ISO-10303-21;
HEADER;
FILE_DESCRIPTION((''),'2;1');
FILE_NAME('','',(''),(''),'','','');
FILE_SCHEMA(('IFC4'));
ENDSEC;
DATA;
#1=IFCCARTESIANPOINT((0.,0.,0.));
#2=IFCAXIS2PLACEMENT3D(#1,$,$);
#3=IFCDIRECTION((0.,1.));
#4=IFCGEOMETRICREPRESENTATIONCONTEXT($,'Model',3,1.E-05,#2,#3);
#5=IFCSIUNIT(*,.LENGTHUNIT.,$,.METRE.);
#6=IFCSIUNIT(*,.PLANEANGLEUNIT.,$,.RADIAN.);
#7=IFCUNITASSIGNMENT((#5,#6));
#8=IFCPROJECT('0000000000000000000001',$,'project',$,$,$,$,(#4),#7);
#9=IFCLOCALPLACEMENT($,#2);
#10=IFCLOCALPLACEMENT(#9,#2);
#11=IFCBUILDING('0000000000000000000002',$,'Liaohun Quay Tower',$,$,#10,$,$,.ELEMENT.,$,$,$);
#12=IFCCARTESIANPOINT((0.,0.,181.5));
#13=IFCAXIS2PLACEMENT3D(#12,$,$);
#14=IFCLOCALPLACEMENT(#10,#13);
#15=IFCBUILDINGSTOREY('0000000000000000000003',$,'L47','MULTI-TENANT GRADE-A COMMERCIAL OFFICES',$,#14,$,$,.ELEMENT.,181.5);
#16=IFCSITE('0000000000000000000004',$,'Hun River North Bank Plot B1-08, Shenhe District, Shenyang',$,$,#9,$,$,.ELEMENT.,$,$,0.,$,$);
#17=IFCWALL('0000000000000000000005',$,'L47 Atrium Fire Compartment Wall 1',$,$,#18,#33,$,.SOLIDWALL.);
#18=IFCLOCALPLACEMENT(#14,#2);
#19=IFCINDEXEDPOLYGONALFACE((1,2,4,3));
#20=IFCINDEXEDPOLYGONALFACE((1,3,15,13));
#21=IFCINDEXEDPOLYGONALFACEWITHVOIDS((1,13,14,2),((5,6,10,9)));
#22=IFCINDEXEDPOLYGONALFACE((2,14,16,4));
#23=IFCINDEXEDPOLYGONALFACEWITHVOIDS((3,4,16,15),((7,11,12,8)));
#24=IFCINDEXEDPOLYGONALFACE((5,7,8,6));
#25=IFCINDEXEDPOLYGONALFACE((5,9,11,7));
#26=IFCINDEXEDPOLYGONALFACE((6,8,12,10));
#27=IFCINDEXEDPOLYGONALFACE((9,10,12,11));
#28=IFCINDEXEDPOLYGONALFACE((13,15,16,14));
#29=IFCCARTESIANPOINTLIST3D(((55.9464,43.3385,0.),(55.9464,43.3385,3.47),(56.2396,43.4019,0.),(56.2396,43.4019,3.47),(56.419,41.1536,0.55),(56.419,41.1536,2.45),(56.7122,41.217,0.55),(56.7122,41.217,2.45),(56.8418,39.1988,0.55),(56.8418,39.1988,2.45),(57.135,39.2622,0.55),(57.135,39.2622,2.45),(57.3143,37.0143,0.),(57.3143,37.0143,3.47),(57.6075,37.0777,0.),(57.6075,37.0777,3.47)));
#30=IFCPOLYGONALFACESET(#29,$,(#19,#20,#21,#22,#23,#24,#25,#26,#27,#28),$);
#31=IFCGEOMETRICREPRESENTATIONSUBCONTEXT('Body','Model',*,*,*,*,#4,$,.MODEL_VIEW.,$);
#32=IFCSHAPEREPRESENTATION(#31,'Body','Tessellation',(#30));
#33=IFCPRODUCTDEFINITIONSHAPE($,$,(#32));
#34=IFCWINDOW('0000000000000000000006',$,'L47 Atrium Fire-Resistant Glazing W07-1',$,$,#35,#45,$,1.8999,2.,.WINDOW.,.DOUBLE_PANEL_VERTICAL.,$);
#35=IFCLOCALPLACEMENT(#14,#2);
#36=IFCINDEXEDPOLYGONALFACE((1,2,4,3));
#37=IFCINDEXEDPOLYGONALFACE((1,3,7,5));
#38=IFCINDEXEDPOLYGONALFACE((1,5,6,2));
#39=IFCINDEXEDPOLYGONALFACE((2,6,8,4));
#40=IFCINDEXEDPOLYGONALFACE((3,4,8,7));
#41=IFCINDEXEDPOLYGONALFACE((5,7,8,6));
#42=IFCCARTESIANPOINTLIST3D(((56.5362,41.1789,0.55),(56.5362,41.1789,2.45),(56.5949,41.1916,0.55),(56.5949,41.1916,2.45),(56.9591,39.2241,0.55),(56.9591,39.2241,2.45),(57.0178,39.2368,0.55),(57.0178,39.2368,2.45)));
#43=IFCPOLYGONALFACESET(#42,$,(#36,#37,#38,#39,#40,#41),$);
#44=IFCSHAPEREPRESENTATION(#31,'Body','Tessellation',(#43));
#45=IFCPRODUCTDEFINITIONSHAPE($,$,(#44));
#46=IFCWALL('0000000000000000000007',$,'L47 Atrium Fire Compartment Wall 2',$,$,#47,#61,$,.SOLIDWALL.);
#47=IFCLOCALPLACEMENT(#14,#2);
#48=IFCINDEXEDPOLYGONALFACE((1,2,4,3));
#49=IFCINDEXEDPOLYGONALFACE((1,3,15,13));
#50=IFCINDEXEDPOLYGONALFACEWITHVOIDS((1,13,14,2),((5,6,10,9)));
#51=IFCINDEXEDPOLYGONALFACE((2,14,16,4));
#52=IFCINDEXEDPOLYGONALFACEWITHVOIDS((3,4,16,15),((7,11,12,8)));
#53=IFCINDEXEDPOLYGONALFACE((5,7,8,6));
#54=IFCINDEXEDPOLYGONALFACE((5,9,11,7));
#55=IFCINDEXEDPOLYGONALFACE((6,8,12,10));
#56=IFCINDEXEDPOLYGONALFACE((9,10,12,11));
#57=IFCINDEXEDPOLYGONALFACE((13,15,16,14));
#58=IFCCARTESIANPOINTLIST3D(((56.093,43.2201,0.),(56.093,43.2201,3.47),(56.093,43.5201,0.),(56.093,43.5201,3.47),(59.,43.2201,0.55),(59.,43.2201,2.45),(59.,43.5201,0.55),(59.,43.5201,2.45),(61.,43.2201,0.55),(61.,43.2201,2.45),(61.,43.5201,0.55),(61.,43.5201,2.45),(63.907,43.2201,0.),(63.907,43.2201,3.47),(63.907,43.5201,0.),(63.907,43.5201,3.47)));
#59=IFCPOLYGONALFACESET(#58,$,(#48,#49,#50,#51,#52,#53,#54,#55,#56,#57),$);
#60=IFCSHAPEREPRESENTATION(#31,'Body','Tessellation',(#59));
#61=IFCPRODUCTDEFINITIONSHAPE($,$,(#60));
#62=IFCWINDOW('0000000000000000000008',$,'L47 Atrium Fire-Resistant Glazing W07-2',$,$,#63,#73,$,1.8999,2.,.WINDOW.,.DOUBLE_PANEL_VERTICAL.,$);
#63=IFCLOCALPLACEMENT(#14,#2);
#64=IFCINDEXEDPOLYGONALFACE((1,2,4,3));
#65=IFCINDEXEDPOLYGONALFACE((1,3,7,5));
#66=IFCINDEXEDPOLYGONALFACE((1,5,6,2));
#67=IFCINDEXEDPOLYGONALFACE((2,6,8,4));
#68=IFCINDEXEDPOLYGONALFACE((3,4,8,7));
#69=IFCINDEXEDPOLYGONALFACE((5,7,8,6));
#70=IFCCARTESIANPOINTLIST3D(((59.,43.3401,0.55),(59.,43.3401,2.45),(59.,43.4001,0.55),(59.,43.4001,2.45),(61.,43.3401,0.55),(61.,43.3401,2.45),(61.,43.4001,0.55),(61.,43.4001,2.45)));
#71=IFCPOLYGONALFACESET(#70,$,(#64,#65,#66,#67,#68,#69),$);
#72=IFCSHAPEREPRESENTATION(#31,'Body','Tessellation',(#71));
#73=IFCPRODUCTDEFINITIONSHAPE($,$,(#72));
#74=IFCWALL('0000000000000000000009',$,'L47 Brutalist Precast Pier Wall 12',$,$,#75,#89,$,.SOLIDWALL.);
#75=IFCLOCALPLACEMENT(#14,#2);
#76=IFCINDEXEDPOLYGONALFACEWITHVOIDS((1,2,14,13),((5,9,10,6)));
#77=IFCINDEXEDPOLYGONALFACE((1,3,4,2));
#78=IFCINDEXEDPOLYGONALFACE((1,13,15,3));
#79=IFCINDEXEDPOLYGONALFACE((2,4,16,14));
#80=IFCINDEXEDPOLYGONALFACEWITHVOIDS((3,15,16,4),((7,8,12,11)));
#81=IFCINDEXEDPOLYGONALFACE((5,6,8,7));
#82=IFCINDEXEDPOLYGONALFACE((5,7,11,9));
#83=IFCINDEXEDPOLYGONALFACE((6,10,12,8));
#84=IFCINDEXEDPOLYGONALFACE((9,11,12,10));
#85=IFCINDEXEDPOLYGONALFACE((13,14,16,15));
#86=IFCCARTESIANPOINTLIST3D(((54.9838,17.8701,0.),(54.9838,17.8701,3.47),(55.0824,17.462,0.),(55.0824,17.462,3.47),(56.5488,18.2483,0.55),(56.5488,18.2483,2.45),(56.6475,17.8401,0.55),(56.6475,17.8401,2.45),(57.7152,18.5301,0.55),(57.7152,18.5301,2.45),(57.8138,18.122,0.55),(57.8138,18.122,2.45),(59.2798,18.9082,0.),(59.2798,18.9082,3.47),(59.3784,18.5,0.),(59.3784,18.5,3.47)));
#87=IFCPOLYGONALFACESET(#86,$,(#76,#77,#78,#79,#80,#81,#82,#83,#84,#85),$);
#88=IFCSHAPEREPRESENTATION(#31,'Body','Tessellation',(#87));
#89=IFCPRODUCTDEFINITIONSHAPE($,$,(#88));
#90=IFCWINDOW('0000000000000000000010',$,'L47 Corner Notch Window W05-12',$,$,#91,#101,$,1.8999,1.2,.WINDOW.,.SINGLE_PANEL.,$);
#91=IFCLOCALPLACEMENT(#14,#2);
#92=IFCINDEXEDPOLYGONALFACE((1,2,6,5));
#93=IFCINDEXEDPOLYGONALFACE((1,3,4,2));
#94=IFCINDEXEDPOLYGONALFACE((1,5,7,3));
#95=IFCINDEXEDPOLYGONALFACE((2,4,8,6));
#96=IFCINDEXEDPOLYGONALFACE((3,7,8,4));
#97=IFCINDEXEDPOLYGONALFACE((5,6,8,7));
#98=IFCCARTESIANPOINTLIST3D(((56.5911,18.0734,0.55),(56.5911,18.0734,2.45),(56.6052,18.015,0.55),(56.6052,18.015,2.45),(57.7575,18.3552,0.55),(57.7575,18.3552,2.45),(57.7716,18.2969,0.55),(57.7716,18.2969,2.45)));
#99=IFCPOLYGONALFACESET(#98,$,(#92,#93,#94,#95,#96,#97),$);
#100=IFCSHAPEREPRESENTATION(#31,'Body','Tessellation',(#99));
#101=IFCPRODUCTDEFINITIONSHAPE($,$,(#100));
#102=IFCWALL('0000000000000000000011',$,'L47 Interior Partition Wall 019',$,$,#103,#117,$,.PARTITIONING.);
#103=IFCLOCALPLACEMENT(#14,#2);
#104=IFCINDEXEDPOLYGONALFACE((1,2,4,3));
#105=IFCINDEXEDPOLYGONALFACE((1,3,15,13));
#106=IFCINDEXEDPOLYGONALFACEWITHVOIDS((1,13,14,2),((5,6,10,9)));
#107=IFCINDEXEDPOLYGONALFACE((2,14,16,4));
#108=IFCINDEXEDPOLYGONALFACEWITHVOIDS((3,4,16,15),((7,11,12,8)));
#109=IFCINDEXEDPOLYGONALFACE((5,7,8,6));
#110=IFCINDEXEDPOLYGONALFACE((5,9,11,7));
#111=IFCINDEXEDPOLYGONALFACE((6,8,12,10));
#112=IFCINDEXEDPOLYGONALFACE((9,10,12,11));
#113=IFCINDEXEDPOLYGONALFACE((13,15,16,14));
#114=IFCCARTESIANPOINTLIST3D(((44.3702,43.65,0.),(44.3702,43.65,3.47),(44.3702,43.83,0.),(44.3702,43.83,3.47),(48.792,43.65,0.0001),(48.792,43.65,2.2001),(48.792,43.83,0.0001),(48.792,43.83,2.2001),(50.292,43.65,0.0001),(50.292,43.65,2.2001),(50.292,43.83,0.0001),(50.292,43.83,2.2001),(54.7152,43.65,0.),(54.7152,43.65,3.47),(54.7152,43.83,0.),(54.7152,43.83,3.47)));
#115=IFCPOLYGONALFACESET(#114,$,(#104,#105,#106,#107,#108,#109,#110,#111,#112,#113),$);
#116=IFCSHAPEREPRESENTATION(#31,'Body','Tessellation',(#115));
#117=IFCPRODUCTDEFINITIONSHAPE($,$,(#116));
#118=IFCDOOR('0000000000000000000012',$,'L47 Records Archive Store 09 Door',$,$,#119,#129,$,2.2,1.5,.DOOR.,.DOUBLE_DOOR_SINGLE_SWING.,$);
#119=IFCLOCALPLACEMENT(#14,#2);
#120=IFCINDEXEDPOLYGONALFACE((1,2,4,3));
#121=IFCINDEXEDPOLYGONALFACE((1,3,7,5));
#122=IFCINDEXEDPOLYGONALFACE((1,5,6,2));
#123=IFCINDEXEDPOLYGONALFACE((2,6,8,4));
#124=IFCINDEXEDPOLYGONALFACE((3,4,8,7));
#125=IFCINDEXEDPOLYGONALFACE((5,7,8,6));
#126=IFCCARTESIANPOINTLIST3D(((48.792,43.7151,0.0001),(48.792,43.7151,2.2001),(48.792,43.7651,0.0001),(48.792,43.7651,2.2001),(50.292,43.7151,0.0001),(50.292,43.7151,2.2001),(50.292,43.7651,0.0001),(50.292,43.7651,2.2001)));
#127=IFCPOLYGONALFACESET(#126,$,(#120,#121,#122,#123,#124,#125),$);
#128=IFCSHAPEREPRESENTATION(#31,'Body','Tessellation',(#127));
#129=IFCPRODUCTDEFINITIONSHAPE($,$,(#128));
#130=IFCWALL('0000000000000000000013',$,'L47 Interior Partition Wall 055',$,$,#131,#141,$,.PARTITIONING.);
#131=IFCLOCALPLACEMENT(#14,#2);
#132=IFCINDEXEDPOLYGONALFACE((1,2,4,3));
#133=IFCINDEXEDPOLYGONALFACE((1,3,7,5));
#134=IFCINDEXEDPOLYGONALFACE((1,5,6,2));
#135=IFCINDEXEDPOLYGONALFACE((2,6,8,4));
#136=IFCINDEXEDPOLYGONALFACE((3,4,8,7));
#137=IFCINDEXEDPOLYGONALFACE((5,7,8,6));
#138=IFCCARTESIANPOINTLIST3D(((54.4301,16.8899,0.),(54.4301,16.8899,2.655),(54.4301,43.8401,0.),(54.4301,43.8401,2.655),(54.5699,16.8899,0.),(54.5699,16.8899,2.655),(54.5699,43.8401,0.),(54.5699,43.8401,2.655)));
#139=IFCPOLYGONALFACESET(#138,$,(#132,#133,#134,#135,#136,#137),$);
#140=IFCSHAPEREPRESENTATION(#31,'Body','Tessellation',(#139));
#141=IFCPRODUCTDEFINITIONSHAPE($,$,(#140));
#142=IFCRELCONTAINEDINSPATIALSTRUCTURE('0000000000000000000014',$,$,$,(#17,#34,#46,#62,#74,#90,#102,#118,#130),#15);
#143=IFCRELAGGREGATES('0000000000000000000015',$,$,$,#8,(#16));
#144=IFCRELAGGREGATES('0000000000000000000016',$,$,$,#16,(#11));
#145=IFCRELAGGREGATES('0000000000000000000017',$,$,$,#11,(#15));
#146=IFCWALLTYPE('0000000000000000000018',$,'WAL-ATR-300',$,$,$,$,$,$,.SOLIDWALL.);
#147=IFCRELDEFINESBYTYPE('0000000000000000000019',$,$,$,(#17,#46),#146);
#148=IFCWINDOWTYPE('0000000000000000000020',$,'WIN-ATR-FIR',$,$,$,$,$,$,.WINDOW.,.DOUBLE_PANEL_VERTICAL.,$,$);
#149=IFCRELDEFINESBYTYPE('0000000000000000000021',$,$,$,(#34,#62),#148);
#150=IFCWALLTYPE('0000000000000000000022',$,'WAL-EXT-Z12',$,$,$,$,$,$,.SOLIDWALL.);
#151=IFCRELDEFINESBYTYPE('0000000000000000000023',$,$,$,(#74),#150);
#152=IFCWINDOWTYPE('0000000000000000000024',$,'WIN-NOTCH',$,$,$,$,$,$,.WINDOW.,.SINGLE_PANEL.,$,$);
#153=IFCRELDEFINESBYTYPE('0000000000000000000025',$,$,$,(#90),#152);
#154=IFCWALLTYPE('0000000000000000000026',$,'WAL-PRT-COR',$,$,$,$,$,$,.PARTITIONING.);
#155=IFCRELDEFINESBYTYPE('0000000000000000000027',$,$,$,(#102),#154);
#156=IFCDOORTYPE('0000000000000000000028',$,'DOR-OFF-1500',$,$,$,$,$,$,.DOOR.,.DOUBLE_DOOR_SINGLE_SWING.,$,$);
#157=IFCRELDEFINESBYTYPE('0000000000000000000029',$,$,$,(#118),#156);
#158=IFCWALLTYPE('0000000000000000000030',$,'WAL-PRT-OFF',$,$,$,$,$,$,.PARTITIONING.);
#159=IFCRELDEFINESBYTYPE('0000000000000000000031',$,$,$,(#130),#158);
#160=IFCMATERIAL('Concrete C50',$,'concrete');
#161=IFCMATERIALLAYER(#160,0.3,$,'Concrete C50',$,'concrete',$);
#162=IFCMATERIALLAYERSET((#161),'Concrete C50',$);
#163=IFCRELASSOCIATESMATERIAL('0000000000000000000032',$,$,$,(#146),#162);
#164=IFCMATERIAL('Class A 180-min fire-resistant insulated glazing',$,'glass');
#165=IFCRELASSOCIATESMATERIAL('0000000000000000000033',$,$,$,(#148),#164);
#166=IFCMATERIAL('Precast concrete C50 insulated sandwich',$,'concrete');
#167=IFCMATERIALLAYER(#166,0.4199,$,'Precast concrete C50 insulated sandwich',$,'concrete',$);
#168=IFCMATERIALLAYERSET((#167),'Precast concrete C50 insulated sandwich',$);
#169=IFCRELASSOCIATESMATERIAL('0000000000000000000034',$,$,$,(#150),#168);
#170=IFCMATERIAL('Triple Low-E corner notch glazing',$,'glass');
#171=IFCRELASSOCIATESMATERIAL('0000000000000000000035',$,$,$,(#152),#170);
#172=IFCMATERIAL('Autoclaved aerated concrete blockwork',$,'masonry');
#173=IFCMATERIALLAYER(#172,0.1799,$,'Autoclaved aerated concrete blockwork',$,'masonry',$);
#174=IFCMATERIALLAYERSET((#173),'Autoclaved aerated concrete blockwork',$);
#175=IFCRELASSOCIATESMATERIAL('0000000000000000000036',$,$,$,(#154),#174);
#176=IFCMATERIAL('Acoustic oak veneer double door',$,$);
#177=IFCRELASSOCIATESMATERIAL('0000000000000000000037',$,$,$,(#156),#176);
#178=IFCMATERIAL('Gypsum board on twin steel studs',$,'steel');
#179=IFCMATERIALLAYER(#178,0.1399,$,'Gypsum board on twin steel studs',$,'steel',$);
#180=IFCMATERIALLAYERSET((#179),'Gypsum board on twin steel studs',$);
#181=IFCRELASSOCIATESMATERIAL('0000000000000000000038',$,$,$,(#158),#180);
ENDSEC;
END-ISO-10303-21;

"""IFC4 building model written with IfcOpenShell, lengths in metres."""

from ifc_helpers import new_model, si_unit, direction, frame, frame_2d, origin, place, context, subcontext, project, spatial, rectangle, extrude, source, transform, mapped, material, layer, layer_set, type_object, element, fill, save


model = new_model("IFC4")

# Units and contexts
model_context = context("Model", 3, precision=1e-05, world=origin(), true_north=direction((0.0, 1.0)))
body_context = subcontext(model_context, "Body", "Model", "MODEL_VIEW")
ifc_project = project(units=[si_unit("LENGTHUNIT", "METRE"), si_unit("PLANEANGLEUNIT", "RADIAN")], contexts=[model_context])

# Site, building, storey
site_placement = place(None, origin())
site = spatial("IfcSite", under=ifc_project, at=site_placement, Name="Hun River North Bank Plot B1-08, Shenhe District, Shenyang", CompositionType="ELEMENT", RefElevation=0.0)
building_placement = place(site_placement, origin())
building = spatial("IfcBuilding", under=site, at=building_placement, Name="Liaohun Quay Tower", CompositionType="ELEMENT")
storey_placement = place(building_placement, frame((0.0, 0.0, 181.5)))
storey = spatial("IfcBuildingStorey", under=building, at=storey_placement, Name="L47", Description="MULTI-TENANT GRADE-A COMMERCIAL OFFICES", CompositionType="ELEMENT", Elevation=181.5)

# Walls, openings, windows
ifc_material_1 = material(Name="Concrete C50", Category="concrete")
ifc_layer_1 = layer(ifc_material_1, 0.3, Name="Concrete C50", Category="concrete")
ifc_layer_set_1 = layer_set([ifc_layer_1], Name="Concrete C50")
wall_type_1 = type_object("IfcWallType", Name="WAL-ATR-300", PredefinedType="SOLIDWALL", material=ifc_layer_set_1)
wall_1_placement = place(storey_placement, frame((57.4609, 37.0459, 0.0), z_axis=(0.0, 0.0, 1.0), x_axis=(-0.21141, 0.977398, 0.0)))
wall_1 = element("IfcWall", 1, at=wall_1_placement, inside=storey, type_object=wall_type_1, Name="L47 Atrium Fire Compartment Wall 1", PredefinedType="SOLIDWALL", context=body_context, shape_type="SweptSolid", body=[
    extrude(rectangle(XDim=6.4705, YDim=0.3, at=frame_2d((3.2354, 0.0))), origin(), (0.0, 0.0, 1.0), 3.47),
])
shared_shape_1 = source(origin(), body_context, "Body", "SweptSolid", [
    extrude(rectangle(XDim=2.0, YDim=1.8999, at=frame_2d((1.0, 0.95))), frame((0.0, 0.1599, 0.0), z_axis=(0.0, -1.0, 0.0), x_axis=(1.0, 0.0, 0.0)), (0.0, 0.0, 1.0), 0.3201),
])
opening_1_placement = place(wall_1_placement, frame((2.2351, 0.0, 0.55)))
opening_1 = element("IfcOpeningElement", 2, at=opening_1_placement, cuts=wall_1, PredefinedType="OPENING", context=body_context, shape_type="MappedRepresentation", body=[
    mapped(shared_shape_1, transform((0.0, 0.0, 0.0), x_axis=(1.0, 0.0, 0.0), y_axis=(0.0, 1.0, 0.0), z_axis=(0.0, 0.0, 1.0), scale=1.0)),
])
ifc_material_2 = material(Name="Class A 180-min fire-resistant insulated glazing", Category="glass")
window_type_1 = type_object("IfcWindowType", Name="WIN-ATR-FIR", PartitioningType="DOUBLE_PANEL_VERTICAL", PredefinedType="WINDOW", material=ifc_material_2)
shared_shape_2 = source(origin(), body_context, "Body", "SweptSolid", [
    extrude(rectangle(XDim=2.0, YDim=1.8999, at=frame_2d((1.0, 0.95))), frame((0.0, 0.03, 0.0), z_axis=(0.0, -1.0, 0.0), x_axis=(1.0, 0.0, 0.0)), (0.0, 0.0, 1.0), 0.0601),
])
window_1_placement = place(opening_1_placement, origin())
window_1 = element("IfcWindow", 3, at=window_1_placement, inside=storey, type_object=window_type_1, Name="L47 Atrium Fire-Resistant Glazing W07-1", OverallHeight=1.8999, OverallWidth=2.0, PartitioningType="DOUBLE_PANEL_VERTICAL", PredefinedType="WINDOW", context=body_context, shape_type="MappedRepresentation", body=[
    mapped(shared_shape_2, transform((0.0, 0.0, 0.0), x_axis=(1.0, 0.0, 0.0), y_axis=(0.0, 1.0, 0.0), z_axis=(0.0, 0.0, 1.0), scale=1.0)),
])
fill(opening_1, window_1)
wall_2_placement = place(storey_placement, frame((56.093, 43.3701, 0.0), z_axis=(0.0, 0.0, 1.0), x_axis=(1.0, 0.0, 0.0)))
wall_2 = element("IfcWall", 4, at=wall_2_placement, inside=storey, type_object=wall_type_1, Name="L47 Atrium Fire Compartment Wall 2", PredefinedType="SOLIDWALL", context=body_context, shape_type="SweptSolid", body=[
    extrude(rectangle(XDim=7.814, YDim=0.3, at=frame_2d((3.907, 0.0))), origin(), (0.0, 0.0, 1.0), 3.47),
])
opening_2_placement = place(wall_2_placement, frame((2.907, 0.0, 0.55)))
opening_2 = element("IfcOpeningElement", 5, at=opening_2_placement, cuts=wall_2, PredefinedType="OPENING", context=body_context, shape_type="MappedRepresentation", body=[
    mapped(shared_shape_1, transform((0.0, 0.0, 0.0), x_axis=(1.0, 0.0, 0.0), y_axis=(0.0, 1.0, 0.0), z_axis=(0.0, 0.0, 1.0), scale=1.0)),
])
window_2_placement = place(opening_2_placement, origin())
window_2 = element("IfcWindow", 6, at=window_2_placement, inside=storey, type_object=window_type_1, Name="L47 Atrium Fire-Resistant Glazing W07-2", OverallHeight=1.8999, OverallWidth=2.0, PartitioningType="DOUBLE_PANEL_VERTICAL", PredefinedType="WINDOW", context=body_context, shape_type="MappedRepresentation", body=[
    mapped(shared_shape_2, transform((0.0, 0.0, 0.0), x_axis=(1.0, 0.0, 0.0), y_axis=(0.0, 1.0, 0.0), z_axis=(0.0, 0.0, 1.0), scale=1.0)),
])
fill(opening_2, window_2)
ifc_material_3 = material(Name="Precast concrete C50 insulated sandwich", Category="concrete")
ifc_layer_2 = layer(ifc_material_3, 0.4199, Name="Precast concrete C50 insulated sandwich", Category="concrete")
ifc_layer_set_2 = layer_set([ifc_layer_2], Name="Precast concrete C50 insulated sandwich")
wall_type_2 = type_object("IfcWallType", Name="WAL-EXT-Z12", PredefinedType="SOLIDWALL", material=ifc_layer_set_2)
wall_3_placement = place(storey_placement, frame((55.033, 17.666, 0.0), z_axis=(0.0, 0.0, 1.0), x_axis=(0.972026, 0.234873, 0.0)))
wall_3 = element("IfcWall", 7, at=wall_3_placement, inside=storey, type_object=wall_type_2, Name="L47 Brutalist Precast Pier Wall 12", PredefinedType="SOLIDWALL", context=body_context, shape_type="SweptSolid", body=[
    extrude(rectangle(XDim=4.4197, YDim=0.4199, at=frame_2d((2.21, 0.0))), origin(), (0.0, 0.0, 1.0), 3.47),
])
shared_shape_3 = source(origin(), body_context, "Body", "SweptSolid", [
    extrude(rectangle(XDim=1.2, YDim=1.8999, at=frame_2d((0.6001, 0.95))), frame((0.0, 0.22, 0.0), z_axis=(0.0, -1.0, 0.0), x_axis=(1.0, 0.0, 0.0)), (0.0, 0.0, 1.0), 0.4399),
])
opening_3_placement = place(wall_3_placement, frame((1.6101, 0.0, 0.55)))
opening_3 = element("IfcOpeningElement", 8, at=opening_3_placement, cuts=wall_3, PredefinedType="OPENING", context=body_context, shape_type="MappedRepresentation", body=[
    mapped(shared_shape_3, transform((0.0, 0.0, 0.0), x_axis=(1.0, 0.0, 0.0), y_axis=(0.0, 1.0, 0.0), z_axis=(0.0, 0.0, 1.0), scale=1.0)),
])
ifc_material_4 = material(Name="Triple Low-E corner notch glazing", Category="glass")
window_type_2 = type_object("IfcWindowType", Name="WIN-NOTCH", PartitioningType="SINGLE_PANEL", PredefinedType="WINDOW", material=ifc_material_4)
shared_shape_4 = source(origin(), body_context, "Body", "SweptSolid", [
    extrude(rectangle(XDim=1.2, YDim=1.8999, at=frame_2d((0.6001, 0.95))), frame((0.0, 0.03, 0.0), z_axis=(0.0, -1.0, 0.0), x_axis=(1.0, 0.0, 0.0)), (0.0, 0.0, 1.0), 0.0601),
])
window_3_placement = place(opening_3_placement, origin())
window_3 = element("IfcWindow", 9, at=window_3_placement, inside=storey, type_object=window_type_2, Name="L47 Corner Notch Window W05-12", OverallHeight=1.8999, OverallWidth=1.2, PartitioningType="SINGLE_PANEL", PredefinedType="WINDOW", context=body_context, shape_type="MappedRepresentation", body=[
    mapped(shared_shape_4, transform((0.0, 0.0, 0.0), x_axis=(1.0, 0.0, 0.0), y_axis=(0.0, 1.0, 0.0), z_axis=(0.0, 0.0, 1.0), scale=1.0)),
])
fill(opening_3, window_3)

# Wall, opening, door
ifc_material_5 = material(Name="Autoclaved aerated concrete blockwork", Category="masonry")
ifc_layer_3 = layer(ifc_material_5, 0.1799, Name="Autoclaved aerated concrete blockwork", Category="masonry")
ifc_layer_set_3 = layer_set([ifc_layer_3], Name="Autoclaved aerated concrete blockwork")
wall_type_3 = type_object("IfcWallType", Name="WAL-PRT-COR", PredefinedType="PARTITIONING", material=ifc_layer_set_3)
wall_4_placement = place(storey_placement, frame((54.7151, 43.74, 0.0), z_axis=(0.0, 0.0, 1.0), x_axis=(-1.0, 0.0, 0.0)))
wall_4 = element("IfcWall", 10, at=wall_4_placement, inside=storey, type_object=wall_type_3, Name="L47 Interior Partition Wall 019", PredefinedType="PARTITIONING", context=body_context, shape_type="SweptSolid", body=[
    extrude(rectangle(XDim=10.345, YDim=0.1799, at=frame_2d((5.1724, 0.0))), origin(), (0.0, 0.0, 1.0), 3.47),
])
shared_shape_5 = source(origin(), body_context, "Body", "SweptSolid", [
    extrude(rectangle(XDim=1.5, YDim=2.2, at=frame_2d((0.75, 1.1001))), frame((0.0, 0.0999, 0.0), z_axis=(0.0, -1.0, 0.0), x_axis=(1.0, 0.0, 0.0)), (0.0, 0.0, 1.0), 0.2),
])
opening_4_placement = place(wall_4_placement, frame((4.4231, 0.0, 0.0)))
opening_4 = element("IfcOpeningElement", 11, at=opening_4_placement, cuts=wall_4, PredefinedType="OPENING", context=body_context, shape_type="MappedRepresentation", body=[
    mapped(shared_shape_5, transform((0.0, 0.0, 0.0), x_axis=(1.0, 0.0, 0.0), y_axis=(0.0, 1.0, 0.0), z_axis=(0.0, 0.0, 1.0), scale=1.0)),
])
ifc_material_6 = material(Name="Acoustic oak veneer double door")
door_type = type_object("IfcDoorType", Name="DOR-OFF-1500", OperationType="DOUBLE_DOOR_SINGLE_SWING", PredefinedType="DOOR", material=ifc_material_6)
shared_shape_6 = source(origin(), body_context, "Body", "SweptSolid", [
    extrude(rectangle(XDim=1.5, YDim=2.2, at=frame_2d((0.75, 1.1001))), frame((0.0, 0.0249, 0.0), z_axis=(0.0, -1.0, 0.0), x_axis=(1.0, 0.0, 0.0)), (0.0, 0.0, 1.0), 0.05),
])
door_placement = place(opening_4_placement, origin())
door = element("IfcDoor", 12, at=door_placement, inside=storey, type_object=door_type, Name="L47 Records Archive Store 09 Door", OperationType="DOUBLE_DOOR_SINGLE_SWING", OverallHeight=2.2, OverallWidth=1.5, PredefinedType="DOOR", context=body_context, shape_type="MappedRepresentation", body=[
    mapped(shared_shape_6, transform((0.0, 0.0, 0.0), x_axis=(1.0, 0.0, 0.0), y_axis=(0.0, 1.0, 0.0), z_axis=(0.0, 0.0, 1.0), scale=1.0)),
])
fill(opening_4, door)

# Wall
ifc_material_7 = material(Name="Gypsum board on twin steel studs", Category="steel")
ifc_layer_4 = layer(ifc_material_7, 0.1399, Name="Gypsum board on twin steel studs", Category="steel")
ifc_layer_set_4 = layer_set([ifc_layer_4], Name="Gypsum board on twin steel studs")
wall_type_4 = type_object("IfcWallType", Name="WAL-PRT-OFF", PredefinedType="PARTITIONING", material=ifc_layer_set_4)
wall_5_placement = place(storey_placement, frame((54.5, 43.8401, 0.0), z_axis=(0.0, 0.0, 1.0), x_axis=(0.0, -1.0, 0.0)))
element("IfcWall", 13, at=wall_5_placement, inside=storey, type_object=wall_type_4, Name="L47 Interior Partition Wall 055", PredefinedType="PARTITIONING", context=body_context, shape_type="SweptSolid", body=[
    extrude(rectangle(XDim=26.9502, YDim=0.1399, at=frame_2d((13.4751, 0.0))), origin(), (0.0, 0.0, 1.0), 2.655),
])

save(model, "model.ifc")
